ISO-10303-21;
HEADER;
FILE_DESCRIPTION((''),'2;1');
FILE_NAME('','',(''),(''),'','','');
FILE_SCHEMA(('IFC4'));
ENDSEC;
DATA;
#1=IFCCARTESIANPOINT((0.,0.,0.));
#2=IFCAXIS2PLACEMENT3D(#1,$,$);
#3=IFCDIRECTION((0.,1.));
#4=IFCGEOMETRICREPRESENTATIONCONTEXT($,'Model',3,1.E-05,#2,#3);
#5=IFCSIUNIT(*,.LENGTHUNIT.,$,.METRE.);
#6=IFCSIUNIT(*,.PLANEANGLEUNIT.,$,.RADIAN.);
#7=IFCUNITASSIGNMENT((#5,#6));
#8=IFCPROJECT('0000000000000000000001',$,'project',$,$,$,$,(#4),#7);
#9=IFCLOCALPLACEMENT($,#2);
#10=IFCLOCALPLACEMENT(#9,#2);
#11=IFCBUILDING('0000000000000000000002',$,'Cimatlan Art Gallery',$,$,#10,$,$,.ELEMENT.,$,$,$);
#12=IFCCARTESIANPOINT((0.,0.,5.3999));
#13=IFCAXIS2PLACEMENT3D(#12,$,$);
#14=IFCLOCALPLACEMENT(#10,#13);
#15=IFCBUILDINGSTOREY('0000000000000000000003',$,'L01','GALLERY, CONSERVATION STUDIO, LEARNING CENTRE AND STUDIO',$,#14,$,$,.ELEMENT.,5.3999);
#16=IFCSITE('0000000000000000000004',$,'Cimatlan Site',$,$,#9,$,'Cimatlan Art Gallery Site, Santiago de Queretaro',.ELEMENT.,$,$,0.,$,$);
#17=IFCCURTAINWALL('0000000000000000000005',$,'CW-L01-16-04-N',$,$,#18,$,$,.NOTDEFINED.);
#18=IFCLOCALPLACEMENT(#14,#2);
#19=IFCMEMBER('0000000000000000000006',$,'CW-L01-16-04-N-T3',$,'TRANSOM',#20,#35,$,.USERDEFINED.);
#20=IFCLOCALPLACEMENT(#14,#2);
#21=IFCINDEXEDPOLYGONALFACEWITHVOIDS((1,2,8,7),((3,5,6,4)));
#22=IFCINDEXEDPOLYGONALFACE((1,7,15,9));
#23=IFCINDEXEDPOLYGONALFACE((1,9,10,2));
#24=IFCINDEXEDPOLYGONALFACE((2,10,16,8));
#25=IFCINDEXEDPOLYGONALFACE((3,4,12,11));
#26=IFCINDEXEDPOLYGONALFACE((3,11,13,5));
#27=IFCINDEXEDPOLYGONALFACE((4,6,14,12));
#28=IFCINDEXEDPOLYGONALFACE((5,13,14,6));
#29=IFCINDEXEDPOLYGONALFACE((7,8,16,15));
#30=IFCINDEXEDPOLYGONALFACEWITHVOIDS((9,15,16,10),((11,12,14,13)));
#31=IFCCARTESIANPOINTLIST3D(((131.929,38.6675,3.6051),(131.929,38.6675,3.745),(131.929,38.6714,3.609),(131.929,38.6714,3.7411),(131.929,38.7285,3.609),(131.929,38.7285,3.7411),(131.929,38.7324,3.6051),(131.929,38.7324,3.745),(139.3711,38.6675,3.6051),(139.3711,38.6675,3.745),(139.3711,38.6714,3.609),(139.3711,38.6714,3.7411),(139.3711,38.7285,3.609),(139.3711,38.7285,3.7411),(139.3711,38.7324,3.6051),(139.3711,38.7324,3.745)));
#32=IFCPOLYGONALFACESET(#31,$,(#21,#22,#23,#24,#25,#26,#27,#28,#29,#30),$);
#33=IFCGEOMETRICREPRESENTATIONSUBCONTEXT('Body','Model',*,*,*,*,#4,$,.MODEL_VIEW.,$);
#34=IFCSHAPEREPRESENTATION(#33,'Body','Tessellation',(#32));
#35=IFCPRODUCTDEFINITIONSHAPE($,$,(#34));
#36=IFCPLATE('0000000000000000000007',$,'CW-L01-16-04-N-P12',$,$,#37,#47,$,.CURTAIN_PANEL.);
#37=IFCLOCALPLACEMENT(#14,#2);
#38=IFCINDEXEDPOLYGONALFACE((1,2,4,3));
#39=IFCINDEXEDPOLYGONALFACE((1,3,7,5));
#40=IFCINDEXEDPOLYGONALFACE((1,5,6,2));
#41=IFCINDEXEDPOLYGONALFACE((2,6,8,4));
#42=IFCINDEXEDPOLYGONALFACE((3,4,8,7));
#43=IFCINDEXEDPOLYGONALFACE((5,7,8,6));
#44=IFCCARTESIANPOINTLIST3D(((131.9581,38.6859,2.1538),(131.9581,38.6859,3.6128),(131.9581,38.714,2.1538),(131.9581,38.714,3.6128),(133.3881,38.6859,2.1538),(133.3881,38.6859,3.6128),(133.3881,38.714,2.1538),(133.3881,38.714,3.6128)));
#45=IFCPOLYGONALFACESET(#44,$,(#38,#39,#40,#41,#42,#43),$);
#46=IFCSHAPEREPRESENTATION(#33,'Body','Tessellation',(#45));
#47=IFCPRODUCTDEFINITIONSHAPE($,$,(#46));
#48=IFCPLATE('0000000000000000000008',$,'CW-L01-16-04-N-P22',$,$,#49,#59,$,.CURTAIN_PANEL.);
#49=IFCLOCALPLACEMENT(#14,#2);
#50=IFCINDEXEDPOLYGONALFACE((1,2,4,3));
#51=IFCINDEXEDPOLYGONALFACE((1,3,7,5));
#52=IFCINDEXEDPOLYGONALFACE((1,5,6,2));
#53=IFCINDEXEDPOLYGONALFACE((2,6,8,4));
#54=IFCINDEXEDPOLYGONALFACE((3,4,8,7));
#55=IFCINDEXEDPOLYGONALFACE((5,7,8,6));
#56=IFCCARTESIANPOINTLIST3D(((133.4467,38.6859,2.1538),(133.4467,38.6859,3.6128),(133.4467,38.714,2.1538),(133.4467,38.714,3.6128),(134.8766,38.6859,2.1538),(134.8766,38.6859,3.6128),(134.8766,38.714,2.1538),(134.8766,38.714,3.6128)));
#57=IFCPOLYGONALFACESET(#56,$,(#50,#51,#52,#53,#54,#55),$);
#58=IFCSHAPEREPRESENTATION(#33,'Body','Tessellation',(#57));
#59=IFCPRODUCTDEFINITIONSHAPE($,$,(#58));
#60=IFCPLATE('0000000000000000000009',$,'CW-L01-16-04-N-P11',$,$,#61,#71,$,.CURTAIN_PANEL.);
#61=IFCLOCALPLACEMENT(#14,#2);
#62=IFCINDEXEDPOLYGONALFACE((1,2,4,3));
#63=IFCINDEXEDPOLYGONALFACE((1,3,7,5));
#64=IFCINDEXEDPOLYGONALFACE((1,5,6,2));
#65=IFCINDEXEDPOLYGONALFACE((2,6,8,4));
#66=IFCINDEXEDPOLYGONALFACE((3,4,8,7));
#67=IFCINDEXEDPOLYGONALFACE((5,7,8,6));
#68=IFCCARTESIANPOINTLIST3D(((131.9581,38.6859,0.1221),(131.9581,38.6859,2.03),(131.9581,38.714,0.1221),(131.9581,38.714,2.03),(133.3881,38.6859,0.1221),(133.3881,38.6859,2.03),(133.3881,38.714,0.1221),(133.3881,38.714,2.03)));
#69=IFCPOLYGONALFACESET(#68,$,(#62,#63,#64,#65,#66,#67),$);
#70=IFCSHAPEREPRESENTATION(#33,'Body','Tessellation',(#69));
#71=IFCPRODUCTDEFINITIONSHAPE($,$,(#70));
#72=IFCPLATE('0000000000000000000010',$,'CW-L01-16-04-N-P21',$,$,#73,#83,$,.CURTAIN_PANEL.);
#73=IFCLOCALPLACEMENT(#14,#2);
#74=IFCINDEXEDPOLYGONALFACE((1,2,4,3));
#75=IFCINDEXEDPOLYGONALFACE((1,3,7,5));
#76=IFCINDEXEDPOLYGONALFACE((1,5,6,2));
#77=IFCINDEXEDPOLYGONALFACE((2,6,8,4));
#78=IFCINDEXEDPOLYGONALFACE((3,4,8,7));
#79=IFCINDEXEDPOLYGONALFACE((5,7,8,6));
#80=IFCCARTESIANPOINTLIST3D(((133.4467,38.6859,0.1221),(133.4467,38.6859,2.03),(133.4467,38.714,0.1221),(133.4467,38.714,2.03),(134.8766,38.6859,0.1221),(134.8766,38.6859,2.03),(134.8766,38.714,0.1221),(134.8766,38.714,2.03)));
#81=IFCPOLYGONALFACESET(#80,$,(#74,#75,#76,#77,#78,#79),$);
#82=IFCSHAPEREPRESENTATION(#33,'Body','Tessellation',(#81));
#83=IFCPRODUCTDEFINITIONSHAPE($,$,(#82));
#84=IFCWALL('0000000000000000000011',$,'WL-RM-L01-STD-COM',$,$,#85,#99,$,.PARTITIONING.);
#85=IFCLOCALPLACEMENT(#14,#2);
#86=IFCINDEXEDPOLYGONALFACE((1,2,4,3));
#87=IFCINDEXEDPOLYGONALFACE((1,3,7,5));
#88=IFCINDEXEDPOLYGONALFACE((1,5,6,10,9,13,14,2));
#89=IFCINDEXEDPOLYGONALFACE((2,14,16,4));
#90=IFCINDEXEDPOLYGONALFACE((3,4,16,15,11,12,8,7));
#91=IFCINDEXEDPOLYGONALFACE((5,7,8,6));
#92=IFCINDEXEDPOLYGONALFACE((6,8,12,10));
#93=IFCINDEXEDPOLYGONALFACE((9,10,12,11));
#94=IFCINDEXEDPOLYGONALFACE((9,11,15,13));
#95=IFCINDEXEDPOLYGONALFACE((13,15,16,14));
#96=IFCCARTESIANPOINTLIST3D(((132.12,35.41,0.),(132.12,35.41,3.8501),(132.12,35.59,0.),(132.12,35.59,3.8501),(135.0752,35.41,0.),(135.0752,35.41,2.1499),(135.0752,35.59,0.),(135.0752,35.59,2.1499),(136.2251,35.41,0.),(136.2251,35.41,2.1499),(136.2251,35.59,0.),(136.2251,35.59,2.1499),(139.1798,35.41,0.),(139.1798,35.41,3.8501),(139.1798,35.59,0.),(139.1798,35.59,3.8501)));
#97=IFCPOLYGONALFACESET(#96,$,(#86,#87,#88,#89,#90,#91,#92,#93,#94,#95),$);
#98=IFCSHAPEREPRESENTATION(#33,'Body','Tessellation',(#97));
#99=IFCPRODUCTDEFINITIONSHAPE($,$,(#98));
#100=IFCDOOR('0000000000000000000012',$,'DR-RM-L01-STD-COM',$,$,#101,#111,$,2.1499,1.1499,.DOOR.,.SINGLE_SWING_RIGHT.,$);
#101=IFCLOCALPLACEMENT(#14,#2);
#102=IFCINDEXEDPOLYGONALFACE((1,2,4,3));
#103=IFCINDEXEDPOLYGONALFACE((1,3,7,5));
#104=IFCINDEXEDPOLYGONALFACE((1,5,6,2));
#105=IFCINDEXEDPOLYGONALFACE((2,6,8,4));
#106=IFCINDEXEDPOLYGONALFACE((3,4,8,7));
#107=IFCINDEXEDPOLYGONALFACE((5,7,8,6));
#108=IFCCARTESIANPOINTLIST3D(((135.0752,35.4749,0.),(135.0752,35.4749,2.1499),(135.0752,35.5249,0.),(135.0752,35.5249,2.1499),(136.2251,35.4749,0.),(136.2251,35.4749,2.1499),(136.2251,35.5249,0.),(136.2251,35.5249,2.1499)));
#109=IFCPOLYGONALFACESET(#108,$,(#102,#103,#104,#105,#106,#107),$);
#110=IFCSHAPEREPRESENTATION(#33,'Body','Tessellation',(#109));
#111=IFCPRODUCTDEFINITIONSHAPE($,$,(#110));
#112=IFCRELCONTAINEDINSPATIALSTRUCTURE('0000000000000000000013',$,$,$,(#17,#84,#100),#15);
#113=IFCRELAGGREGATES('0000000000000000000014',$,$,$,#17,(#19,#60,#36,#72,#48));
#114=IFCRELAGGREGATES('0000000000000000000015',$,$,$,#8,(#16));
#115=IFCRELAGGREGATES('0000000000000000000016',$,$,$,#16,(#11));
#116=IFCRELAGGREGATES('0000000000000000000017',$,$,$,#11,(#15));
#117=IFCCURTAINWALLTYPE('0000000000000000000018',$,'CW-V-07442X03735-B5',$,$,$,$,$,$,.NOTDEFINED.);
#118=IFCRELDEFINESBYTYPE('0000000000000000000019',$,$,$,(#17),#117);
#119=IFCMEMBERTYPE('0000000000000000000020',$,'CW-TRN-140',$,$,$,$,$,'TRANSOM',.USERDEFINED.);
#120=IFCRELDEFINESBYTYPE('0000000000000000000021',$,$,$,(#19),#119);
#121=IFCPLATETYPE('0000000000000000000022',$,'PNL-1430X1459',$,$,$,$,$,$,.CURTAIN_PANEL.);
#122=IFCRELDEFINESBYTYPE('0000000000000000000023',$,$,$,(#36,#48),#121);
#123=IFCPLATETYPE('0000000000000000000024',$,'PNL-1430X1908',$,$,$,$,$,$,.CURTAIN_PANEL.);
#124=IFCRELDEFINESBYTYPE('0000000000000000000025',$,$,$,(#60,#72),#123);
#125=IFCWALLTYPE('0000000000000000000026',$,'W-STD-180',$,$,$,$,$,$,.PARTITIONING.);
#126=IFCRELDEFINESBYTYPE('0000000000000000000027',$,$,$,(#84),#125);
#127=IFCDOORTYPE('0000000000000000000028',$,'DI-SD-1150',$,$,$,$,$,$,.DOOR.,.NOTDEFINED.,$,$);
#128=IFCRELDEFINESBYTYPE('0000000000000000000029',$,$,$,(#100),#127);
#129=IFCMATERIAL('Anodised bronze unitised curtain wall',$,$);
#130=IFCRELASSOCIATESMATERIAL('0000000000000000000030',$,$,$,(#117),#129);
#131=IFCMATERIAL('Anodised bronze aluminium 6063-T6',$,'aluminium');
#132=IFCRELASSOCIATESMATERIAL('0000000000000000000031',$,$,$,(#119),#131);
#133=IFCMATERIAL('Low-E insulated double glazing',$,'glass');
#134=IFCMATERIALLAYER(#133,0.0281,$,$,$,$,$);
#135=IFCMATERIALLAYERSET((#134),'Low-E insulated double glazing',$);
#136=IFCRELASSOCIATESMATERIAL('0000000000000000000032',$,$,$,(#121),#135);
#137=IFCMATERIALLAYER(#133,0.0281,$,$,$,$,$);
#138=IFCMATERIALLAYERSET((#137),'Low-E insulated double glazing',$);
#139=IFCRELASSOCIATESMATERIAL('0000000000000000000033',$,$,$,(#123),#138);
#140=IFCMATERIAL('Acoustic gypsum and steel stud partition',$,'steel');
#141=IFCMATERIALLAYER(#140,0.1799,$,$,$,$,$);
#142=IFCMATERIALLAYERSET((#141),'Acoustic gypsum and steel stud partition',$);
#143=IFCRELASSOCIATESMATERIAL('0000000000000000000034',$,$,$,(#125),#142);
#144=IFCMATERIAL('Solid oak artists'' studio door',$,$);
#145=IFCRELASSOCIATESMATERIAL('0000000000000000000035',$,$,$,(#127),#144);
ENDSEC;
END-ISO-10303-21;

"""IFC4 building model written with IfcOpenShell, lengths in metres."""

from ifc_helpers import new_model, si_unit, direction, frame, frame_2d, origin, origin_2d, place, context, subcontext, project, spatial, rectangle, hollow_rectangle, extrude, material, layer, layer_set, material_profile, profile_set, type_object, element, fill, aggregate, save


model = new_model("IFC4")

# Units and contexts
model_context = context("Model", 3, precision=1e-05, world=origin(), true_north=direction((0.0, 1.0)))
body_context = subcontext(model_context, "Body", "Model", "MODEL_VIEW")
ifc_project = project(units=[si_unit("LENGTHUNIT", "METRE"), si_unit("PLANEANGLEUNIT", "RADIAN")], contexts=[model_context])

# Site, building, storey
site_placement = place(None, origin())
site = spatial("IfcSite", under=ifc_project, at=site_placement, Name="Cimatlan Site", LongName="Cimatlan Art Gallery Site, Santiago de Queretaro", CompositionType="ELEMENT", RefElevation=0.0)
building_placement = place(site_placement, origin())
building = spatial("IfcBuilding", under=site, at=building_placement, Name="Cimatlan Art Gallery", CompositionType="ELEMENT")
storey_placement = place(building_placement, frame((0.0, 0.0, 5.3999)))
storey = spatial("IfcBuildingStorey", under=building, at=storey_placement, Name="L01", Description="GALLERY, CONSERVATION STUDIO, LEARNING CENTRE AND STUDIO", CompositionType="ELEMENT", Elevation=5.3999)

# Curtain wall, member, plates
ifc_material_1 = material(Name="Anodised bronze unitised curtain wall")
curtain_wall_type = type_object("IfcCurtainWallType", Name="CW-V-07442X03735-B5", PredefinedType="NOTDEFINED", material=ifc_material_1)
curtain_wall_placement = place(storey_placement, origin())
curtain_wall = element("IfcCurtainWall", 1, at=curtain_wall_placement, inside=storey, type_object=curtain_wall_type, Name="CW-L01-16-04-N", PredefinedType="NOTDEFINED")
ifc_material_2 = material(Name="Anodised bronze aluminium 6063-T6", Category="aluminium")
ifc_material_profile_1 = material_profile(ifc_material_2, hollow_rectangle(XDim=0.0649, YDim=0.1399, WallThickness=0.0039, at=origin_2d()), Name="ALU65X140X4")
ifc_profile_set_1 = profile_set([ifc_material_profile_1], Name="Anodised bronze aluminium 6063-T6")
member_type_1 = type_object("IfcMemberType", Name="CW-TRN-140", ElementType="TRANSOM", PredefinedType="USERDEFINED", material=ifc_profile_set_1)
member_1_placement = place(storey_placement, frame((131.929, 38.7, 3.675), z_axis=(1.0, 0.0, 0.0), x_axis=(0.0, 1.0, 0.0)))
member_1 = element("IfcMember", 2, at=member_1_placement, type_object=member_type_1, Name="CW-L01-16-04-N-T3", ObjectType="TRANSOM", PredefinedType="USERDEFINED", context=body_context, shape_type="SweptSolid", body=[
    extrude(hollow_rectangle(XDim=0.0649, YDim=0.1399, WallThickness=0.0039, at=origin_2d()), origin(), (0.0, 0.0, 1.0), 7.4421),
])
ifc_material_3 = material(Name="Low-E insulated double glazing", Category="glass")
ifc_layer_1 = layer(ifc_material_3, 0.0281)
ifc_layer_set_1 = layer_set([ifc_layer_1], Name="Low-E insulated double glazing")
plate_type_1 = type_object("IfcPlateType", Name="PNL-1430X1459", PredefinedType="CURTAIN_PANEL", material=ifc_layer_set_1)
plate_1_placement = place(storey_placement, frame((132.6731, 38.7, 2.1538), z_axis=(0.0, 0.0, 1.0), x_axis=(1.0, 0.0, 0.0)))
plate_1 = element("IfcPlate", 3, at=plate_1_placement, type_object=plate_type_1, Name="CW-L01-16-04-N-P12", PredefinedType="CURTAIN_PANEL", context=body_context, shape_type="SweptSolid", body=[
    extrude(rectangle(XDim=1.4299, YDim=0.0281, at=origin_2d()), origin(), (0.0, 0.0, 1.0), 1.459),
])
plate_2_placement = place(storey_placement, frame((134.1616, 38.7, 2.1538), z_axis=(0.0, 0.0, 1.0), x_axis=(1.0, 0.0, 0.0)))
plate_2 = element("IfcPlate", 4, at=plate_2_placement, type_object=plate_type_1, Name="CW-L01-16-04-N-P22", PredefinedType="CURTAIN_PANEL", context=body_context, shape_type="SweptSolid", body=[
    extrude(rectangle(XDim=1.4299, YDim=0.0281, at=origin_2d()), origin(), (0.0, 0.0, 1.0), 1.459),
])
ifc_layer_2 = layer(ifc_material_3, 0.0281)
ifc_layer_set_2 = layer_set([ifc_layer_2], Name="Low-E insulated double glazing")
plate_type_2 = type_object("IfcPlateType", Name="PNL-1430X1908", PredefinedType="CURTAIN_PANEL", material=ifc_layer_set_2)
plate_3_placement = place(storey_placement, frame((132.6731, 38.7, 0.1221), z_axis=(0.0, 0.0, 1.0), x_axis=(1.0, 0.0, 0.0)))
plate_3 = element("IfcPlate", 5, at=plate_3_placement, type_object=plate_type_2, Name="CW-L01-16-04-N-P11", PredefinedType="CURTAIN_PANEL", context=body_context, shape_type="SweptSolid", body=[
    extrude(rectangle(XDim=1.4299, YDim=0.0281, at=origin_2d()), origin(), (0.0, 0.0, 1.0), 1.908),
])
plate_4_placement = place(storey_placement, frame((134.1616, 38.7, 0.1221), z_axis=(0.0, 0.0, 1.0), x_axis=(1.0, 0.0, 0.0)))
plate_4 = element("IfcPlate", 6, at=plate_4_placement, type_object=plate_type_2, Name="CW-L01-16-04-N-P21", PredefinedType="CURTAIN_PANEL", context=body_context, shape_type="SweptSolid", body=[
    extrude(rectangle(XDim=1.4299, YDim=0.0281, at=origin_2d()), origin(), (0.0, 0.0, 1.0), 1.908),
])
aggregate(curtain_wall, [member_1, plate_3, plate_1, plate_4, plate_2])

# Wall, opening, door
ifc_material_4 = material(Name="Acoustic gypsum and steel stud partition", Category="steel")
ifc_layer_3 = layer(ifc_material_4, 0.1799)
ifc_layer_set_3 = layer_set([ifc_layer_3], Name="Acoustic gypsum and steel stud partition")
wall_type_1 = type_object("IfcWallType", Name="W-STD-180", PredefinedType="PARTITIONING", material=ifc_layer_set_3)
wall_1_placement = place(storey_placement, frame((132.1201, 35.5, 0.0), z_axis=(0.0, 0.0, 1.0), x_axis=(1.0, 0.0, 0.0)))
wall_1 = element("IfcWall", 7, at=wall_1_placement, inside=storey, type_object=wall_type_1, Name="WL-RM-L01-STD-COM", PredefinedType="PARTITIONING", context=body_context, shape_type="SweptSolid", body=[
    extrude(rectangle(XDim=7.0598, YDim=0.1799, at=frame_2d((3.5298, 0.0))), origin(), (0.0, 0.0, 1.0), 3.8501),
])
opening_1_placement = place(wall_1_placement, frame((2.9551, 0.0, 0.0)))
opening_1 = element("IfcOpeningElement", 8, at=opening_1_placement, cuts=wall_1, PredefinedType="OPENING", context=body_context, shape_type="SweptSolid", body=[
    extrude(rectangle(XDim=1.1499, YDim=2.1499, at=frame_2d((0.575, 1.075))), frame((0.0, 0.1001, 0.0), z_axis=(0.0, -1.0, 0.0), x_axis=(1.0, 0.0, 0.0)), (0.0, 0.0, 1.0), 0.2),
])
ifc_material_5 = material(Name="Solid oak artists' studio door")
door_type_1 = type_object("IfcDoorType", Name="DI-SD-1150", OperationType="NOTDEFINED", PredefinedType="DOOR", material=ifc_material_5)
door_1_placement = place(opening_1_placement, origin())
door_1 = element("IfcDoor", 9, at=door_1_placement, inside=storey, type_object=door_type_1, Name="DR-RM-L01-STD-COM", OperationType="SINGLE_SWING_RIGHT", OverallHeight=2.1499, OverallWidth=1.1499, PredefinedType="DOOR", context=body_context, shape_type="SweptSolid", body=[
    extrude(rectangle(XDim=1.1499, YDim=2.1499, at=frame_2d((0.575, 1.075))), frame((0.0, 0.0249, 0.0), z_axis=(0.0, -1.0, 0.0), x_axis=(1.0, 0.0, 0.0)), (0.0, 0.0, 1.0), 0.05),
])
fill(opening_1, door_1)

save(model, "model.ifc")
